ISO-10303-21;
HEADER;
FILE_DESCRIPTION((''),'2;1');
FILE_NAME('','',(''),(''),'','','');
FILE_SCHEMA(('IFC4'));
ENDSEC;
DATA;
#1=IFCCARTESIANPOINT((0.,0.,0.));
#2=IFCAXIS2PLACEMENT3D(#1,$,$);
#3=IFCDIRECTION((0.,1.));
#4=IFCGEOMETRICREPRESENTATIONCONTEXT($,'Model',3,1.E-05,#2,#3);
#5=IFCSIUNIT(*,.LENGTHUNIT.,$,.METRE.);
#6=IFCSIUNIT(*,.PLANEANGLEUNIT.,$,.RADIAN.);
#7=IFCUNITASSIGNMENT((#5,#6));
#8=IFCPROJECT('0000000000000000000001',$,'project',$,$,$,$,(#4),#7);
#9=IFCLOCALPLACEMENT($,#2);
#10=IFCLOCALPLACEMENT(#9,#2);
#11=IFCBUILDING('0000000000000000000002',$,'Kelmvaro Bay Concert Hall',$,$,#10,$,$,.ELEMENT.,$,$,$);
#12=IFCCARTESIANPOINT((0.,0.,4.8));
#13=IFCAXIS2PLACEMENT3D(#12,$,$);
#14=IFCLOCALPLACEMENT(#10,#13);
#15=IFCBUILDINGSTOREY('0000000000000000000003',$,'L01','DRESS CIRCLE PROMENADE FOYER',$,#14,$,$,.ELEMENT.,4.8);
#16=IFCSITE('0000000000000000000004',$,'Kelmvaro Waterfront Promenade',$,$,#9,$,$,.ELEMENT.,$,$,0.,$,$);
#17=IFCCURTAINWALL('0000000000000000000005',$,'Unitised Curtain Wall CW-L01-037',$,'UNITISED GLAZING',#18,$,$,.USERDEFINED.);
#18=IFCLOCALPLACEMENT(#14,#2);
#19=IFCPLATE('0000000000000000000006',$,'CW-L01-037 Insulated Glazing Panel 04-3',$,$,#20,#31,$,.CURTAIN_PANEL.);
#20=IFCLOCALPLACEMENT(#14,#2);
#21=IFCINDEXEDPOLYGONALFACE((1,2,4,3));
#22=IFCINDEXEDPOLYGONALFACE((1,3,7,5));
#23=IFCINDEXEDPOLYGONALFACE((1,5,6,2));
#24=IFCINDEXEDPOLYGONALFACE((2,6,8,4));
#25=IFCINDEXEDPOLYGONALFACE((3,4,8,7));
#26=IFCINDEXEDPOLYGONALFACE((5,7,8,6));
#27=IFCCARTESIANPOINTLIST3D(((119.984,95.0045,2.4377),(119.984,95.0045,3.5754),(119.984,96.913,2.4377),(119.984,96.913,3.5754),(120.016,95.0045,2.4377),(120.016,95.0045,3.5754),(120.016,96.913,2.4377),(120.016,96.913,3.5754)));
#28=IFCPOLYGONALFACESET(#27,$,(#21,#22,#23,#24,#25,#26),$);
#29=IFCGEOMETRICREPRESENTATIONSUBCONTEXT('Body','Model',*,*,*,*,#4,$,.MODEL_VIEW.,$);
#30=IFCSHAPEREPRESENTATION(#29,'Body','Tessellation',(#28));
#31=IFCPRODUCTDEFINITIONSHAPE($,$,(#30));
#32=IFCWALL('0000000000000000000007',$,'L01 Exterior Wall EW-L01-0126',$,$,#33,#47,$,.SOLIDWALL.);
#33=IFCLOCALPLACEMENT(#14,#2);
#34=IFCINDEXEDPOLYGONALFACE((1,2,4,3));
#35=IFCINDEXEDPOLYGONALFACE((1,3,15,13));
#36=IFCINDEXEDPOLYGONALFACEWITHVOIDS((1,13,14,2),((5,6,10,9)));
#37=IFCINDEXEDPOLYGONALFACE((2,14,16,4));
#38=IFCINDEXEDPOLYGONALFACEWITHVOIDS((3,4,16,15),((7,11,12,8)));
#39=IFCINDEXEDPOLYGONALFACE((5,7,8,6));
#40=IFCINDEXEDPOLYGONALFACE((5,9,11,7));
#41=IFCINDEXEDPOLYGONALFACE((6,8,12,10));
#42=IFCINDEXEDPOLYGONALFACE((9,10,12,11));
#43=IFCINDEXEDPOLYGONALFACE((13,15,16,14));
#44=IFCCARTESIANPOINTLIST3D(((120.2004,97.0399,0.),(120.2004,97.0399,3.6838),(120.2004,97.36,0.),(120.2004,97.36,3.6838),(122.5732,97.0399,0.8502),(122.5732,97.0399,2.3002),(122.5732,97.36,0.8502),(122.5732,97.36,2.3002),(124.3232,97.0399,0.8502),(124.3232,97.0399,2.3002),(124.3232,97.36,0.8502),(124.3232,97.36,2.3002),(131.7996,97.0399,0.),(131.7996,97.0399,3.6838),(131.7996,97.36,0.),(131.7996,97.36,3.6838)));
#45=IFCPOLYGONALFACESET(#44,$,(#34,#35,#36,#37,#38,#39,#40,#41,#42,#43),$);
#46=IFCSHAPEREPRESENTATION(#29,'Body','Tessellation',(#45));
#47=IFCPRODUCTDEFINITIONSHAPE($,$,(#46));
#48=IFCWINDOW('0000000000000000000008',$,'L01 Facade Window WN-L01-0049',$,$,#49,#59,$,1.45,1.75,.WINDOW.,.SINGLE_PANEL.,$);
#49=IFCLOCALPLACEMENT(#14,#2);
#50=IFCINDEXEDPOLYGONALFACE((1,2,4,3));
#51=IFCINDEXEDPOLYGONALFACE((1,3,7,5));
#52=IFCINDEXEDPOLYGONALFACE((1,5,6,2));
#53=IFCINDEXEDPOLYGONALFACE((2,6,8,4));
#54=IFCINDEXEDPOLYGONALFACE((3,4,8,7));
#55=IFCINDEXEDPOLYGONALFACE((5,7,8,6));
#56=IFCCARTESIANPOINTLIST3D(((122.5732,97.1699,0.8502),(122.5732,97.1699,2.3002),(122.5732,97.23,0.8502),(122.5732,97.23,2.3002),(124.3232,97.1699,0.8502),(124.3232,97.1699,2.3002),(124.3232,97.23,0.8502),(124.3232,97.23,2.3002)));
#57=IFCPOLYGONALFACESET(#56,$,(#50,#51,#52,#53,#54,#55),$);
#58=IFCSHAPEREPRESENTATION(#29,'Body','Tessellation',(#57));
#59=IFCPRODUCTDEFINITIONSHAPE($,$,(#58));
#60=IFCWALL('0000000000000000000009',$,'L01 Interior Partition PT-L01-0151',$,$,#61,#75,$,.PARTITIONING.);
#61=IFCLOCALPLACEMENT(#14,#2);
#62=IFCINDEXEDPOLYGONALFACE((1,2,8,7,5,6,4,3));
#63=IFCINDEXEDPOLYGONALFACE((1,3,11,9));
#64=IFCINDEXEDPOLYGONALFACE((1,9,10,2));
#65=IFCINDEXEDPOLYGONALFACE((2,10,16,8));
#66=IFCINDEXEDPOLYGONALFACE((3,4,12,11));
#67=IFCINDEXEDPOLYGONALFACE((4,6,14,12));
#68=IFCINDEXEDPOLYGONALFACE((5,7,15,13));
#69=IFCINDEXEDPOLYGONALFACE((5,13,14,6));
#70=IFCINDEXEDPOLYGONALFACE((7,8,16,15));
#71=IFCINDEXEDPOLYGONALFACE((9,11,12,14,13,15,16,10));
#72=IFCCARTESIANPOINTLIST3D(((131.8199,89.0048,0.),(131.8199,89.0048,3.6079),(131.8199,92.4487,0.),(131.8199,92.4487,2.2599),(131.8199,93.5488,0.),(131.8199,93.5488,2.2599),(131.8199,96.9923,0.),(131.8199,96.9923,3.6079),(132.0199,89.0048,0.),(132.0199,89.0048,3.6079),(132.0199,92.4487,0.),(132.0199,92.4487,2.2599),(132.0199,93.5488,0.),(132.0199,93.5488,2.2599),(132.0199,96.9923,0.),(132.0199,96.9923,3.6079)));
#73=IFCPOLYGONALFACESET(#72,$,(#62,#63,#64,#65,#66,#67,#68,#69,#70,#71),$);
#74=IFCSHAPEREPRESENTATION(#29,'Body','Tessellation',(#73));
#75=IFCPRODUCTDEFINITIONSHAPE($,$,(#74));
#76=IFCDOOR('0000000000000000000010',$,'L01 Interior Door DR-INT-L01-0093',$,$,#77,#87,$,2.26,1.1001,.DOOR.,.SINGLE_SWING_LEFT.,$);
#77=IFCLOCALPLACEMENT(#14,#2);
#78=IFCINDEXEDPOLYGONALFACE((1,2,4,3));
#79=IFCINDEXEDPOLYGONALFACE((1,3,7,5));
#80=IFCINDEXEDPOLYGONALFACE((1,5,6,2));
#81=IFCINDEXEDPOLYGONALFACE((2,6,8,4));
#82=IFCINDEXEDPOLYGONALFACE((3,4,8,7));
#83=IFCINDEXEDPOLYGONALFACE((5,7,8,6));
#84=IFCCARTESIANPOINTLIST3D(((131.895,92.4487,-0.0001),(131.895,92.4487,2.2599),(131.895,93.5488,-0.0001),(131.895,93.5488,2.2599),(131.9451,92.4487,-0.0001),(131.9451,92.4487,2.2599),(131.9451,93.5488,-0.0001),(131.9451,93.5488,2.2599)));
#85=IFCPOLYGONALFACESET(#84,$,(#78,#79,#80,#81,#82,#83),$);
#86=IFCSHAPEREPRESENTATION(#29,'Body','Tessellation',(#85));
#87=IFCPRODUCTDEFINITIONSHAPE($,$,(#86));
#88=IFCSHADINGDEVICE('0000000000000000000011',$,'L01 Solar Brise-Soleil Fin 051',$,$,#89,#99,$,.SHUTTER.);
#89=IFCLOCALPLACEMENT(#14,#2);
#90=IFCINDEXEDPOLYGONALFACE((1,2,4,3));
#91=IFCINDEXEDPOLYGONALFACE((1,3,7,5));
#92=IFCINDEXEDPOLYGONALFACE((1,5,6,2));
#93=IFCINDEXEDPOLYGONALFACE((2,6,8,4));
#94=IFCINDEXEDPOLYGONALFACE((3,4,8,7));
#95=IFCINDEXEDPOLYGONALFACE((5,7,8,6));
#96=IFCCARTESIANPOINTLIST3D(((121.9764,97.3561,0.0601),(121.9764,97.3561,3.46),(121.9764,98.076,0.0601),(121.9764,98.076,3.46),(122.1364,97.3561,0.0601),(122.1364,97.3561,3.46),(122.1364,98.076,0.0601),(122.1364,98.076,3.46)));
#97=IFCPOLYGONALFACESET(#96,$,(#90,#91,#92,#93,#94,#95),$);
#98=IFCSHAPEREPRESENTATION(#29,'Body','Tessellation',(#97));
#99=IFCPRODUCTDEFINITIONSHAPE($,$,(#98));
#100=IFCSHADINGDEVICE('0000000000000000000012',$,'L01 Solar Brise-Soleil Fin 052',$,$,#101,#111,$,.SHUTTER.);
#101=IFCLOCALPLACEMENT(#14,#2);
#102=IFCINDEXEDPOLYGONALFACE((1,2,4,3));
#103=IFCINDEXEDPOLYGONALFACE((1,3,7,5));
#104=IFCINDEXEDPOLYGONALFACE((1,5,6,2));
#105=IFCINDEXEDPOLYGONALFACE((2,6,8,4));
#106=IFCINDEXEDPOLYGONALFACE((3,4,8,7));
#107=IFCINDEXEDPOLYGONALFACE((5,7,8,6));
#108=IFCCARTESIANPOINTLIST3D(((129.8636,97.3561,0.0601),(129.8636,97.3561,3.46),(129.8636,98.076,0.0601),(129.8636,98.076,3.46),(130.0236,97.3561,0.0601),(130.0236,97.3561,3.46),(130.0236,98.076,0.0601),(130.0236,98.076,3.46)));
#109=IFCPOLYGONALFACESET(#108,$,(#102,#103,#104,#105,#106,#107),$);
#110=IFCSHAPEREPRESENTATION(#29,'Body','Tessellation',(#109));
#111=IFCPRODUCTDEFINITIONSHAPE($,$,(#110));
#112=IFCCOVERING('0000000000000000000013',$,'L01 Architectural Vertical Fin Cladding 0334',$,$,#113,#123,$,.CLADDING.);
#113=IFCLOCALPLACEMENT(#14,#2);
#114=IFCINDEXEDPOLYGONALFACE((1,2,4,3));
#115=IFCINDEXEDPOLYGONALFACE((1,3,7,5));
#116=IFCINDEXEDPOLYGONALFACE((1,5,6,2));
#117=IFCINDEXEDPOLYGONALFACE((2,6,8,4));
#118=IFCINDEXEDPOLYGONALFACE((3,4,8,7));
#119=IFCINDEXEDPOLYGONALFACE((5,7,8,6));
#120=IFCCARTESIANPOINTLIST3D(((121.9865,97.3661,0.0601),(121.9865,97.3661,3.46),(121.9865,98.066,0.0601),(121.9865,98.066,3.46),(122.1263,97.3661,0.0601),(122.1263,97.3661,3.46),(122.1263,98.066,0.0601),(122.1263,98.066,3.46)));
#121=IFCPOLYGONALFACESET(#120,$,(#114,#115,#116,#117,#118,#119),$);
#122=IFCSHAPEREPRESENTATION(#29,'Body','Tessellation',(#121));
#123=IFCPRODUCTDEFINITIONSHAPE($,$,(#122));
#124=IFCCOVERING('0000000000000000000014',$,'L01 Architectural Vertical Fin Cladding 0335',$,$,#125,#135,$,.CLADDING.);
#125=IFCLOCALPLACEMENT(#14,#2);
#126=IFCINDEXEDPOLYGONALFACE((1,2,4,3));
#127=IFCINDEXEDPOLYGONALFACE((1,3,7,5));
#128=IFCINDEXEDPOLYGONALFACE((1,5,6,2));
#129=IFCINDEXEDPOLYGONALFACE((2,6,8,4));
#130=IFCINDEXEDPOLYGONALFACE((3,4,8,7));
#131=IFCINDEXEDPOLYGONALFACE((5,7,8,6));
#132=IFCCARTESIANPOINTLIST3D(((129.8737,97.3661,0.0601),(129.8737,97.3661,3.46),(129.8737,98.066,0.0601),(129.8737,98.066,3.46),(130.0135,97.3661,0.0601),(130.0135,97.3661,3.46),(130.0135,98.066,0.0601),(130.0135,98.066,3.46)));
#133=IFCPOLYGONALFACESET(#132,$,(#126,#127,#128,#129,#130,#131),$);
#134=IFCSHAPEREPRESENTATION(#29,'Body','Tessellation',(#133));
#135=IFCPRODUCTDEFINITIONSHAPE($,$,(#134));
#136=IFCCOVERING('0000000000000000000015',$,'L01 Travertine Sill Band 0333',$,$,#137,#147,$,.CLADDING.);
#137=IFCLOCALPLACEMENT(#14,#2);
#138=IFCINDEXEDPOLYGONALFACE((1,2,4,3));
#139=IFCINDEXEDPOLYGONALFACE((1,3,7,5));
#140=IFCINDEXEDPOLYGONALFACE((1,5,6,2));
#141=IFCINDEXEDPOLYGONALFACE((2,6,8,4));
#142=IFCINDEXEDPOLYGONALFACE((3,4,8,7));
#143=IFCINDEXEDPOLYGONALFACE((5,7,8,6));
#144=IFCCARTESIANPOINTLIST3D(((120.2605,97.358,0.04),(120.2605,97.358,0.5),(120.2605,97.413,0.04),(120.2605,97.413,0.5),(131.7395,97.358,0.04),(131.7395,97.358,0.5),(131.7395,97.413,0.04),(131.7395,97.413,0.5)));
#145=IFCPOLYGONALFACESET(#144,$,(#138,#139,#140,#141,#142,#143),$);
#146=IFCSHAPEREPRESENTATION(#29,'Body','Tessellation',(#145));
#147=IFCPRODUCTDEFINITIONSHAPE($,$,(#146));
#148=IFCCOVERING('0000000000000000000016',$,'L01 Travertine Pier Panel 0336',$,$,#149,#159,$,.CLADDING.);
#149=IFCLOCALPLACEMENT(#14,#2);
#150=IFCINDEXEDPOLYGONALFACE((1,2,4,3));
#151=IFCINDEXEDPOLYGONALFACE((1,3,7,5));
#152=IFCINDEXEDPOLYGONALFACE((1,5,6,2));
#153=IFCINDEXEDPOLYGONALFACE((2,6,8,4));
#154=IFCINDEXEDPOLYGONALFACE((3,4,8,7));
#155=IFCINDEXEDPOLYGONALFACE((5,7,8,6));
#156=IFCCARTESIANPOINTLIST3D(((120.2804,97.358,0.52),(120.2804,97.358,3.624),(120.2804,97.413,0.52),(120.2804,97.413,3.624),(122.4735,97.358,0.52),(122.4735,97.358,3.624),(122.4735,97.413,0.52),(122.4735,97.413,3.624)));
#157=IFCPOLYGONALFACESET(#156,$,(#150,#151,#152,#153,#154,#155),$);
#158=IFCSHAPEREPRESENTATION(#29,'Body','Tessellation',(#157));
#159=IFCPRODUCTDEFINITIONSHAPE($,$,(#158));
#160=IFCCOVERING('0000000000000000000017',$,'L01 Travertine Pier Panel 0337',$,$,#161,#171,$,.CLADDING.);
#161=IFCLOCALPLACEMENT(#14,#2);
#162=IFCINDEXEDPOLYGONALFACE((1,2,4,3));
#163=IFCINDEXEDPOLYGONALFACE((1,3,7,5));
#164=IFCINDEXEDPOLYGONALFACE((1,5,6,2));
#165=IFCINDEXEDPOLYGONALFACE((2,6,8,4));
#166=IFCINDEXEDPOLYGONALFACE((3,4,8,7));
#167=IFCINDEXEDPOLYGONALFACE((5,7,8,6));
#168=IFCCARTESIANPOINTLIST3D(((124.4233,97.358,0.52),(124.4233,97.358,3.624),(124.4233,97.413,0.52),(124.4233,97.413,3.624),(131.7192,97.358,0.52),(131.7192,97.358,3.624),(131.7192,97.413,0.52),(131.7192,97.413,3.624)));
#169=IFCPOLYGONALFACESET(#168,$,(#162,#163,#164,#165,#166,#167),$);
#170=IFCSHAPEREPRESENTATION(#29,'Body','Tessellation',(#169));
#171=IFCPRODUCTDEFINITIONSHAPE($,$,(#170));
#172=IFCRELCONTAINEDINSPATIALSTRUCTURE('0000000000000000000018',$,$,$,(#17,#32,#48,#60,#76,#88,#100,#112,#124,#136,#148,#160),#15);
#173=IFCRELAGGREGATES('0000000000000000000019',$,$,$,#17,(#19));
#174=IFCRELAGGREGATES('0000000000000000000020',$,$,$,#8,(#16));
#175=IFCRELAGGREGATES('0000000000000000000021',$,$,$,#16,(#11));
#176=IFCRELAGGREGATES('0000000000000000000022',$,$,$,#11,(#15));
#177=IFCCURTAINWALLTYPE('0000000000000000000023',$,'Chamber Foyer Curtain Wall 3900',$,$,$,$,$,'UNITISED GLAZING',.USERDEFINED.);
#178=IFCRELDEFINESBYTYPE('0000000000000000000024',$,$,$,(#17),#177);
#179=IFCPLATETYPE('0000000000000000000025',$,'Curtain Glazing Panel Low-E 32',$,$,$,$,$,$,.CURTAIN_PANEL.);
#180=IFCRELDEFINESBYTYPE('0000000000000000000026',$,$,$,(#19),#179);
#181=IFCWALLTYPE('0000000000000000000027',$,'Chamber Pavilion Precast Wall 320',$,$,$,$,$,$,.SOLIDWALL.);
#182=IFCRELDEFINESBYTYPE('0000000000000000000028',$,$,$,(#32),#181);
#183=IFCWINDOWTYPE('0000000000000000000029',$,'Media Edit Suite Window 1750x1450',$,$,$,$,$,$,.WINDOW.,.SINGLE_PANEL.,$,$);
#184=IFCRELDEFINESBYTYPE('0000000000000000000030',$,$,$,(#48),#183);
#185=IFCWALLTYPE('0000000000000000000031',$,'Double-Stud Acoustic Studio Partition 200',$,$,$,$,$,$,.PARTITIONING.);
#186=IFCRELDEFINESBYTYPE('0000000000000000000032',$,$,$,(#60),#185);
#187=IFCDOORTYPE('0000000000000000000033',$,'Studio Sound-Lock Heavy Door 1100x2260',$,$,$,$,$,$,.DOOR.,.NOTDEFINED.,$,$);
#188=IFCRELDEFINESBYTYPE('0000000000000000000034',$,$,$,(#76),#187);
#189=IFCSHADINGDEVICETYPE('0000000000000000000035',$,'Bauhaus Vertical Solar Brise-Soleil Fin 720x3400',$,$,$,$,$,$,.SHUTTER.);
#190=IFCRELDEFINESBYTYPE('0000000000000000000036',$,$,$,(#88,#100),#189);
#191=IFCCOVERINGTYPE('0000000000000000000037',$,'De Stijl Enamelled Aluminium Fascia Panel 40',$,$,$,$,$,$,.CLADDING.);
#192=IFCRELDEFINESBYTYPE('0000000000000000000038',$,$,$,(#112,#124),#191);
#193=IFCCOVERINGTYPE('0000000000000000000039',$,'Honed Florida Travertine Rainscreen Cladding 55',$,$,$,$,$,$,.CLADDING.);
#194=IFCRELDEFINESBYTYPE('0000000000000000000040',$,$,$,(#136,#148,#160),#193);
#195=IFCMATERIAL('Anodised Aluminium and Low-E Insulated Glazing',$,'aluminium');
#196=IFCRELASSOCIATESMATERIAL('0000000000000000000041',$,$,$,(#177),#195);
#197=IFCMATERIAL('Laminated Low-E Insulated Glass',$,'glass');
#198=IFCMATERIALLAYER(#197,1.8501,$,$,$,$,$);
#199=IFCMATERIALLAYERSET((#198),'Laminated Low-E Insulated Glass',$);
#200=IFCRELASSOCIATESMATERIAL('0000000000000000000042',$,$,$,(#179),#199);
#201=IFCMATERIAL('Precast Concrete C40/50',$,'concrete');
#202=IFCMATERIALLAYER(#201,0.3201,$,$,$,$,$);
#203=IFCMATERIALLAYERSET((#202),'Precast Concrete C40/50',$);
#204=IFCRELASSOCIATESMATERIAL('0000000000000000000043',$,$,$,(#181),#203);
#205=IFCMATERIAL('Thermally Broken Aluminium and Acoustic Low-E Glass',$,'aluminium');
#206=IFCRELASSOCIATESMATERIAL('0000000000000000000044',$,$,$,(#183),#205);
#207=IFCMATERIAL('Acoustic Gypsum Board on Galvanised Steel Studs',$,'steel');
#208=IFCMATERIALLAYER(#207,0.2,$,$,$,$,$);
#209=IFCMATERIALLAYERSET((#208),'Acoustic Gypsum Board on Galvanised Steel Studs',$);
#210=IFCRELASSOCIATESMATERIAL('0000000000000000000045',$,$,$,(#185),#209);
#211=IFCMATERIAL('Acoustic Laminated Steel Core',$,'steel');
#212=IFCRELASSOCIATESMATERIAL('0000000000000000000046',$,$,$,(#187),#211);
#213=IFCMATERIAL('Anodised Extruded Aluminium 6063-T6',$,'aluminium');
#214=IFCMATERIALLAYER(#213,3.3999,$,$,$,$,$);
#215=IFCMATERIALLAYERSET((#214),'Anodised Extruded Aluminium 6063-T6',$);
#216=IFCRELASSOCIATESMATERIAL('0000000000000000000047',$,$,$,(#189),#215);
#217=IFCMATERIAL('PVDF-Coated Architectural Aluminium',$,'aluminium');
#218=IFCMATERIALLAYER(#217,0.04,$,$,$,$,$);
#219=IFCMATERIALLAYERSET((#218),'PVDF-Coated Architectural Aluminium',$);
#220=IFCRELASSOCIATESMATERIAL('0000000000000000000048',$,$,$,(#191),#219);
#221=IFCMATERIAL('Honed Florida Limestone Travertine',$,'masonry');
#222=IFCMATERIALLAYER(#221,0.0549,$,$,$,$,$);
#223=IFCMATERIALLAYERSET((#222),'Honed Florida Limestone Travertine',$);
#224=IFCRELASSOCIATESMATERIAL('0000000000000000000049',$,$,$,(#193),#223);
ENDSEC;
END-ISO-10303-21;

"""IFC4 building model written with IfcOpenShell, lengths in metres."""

from ifc_helpers import new_model, si_unit, direction, frame, frame_2d, origin, origin_2d, place, context, subcontext, project, spatial, rectangle, extrude, material, layer, layer_set, type_object, element, fill, aggregate, save


model = new_model("IFC4")

# Units and contexts
model_context = context("Model", 3, precision=1e-05, world=origin(), true_north=direction((0.0, 1.0)))
body_context = subcontext(model_context, "Body", "Model", "MODEL_VIEW")
ifc_project = project(units=[si_unit("LENGTHUNIT", "METRE"), si_unit("PLANEANGLEUNIT", "RADIAN")], contexts=[model_context])

# Site, building, storey
site_placement = place(None, origin())
site = spatial("IfcSite", under=ifc_project, at=site_placement, Name="Kelmvaro Waterfront Promenade", CompositionType="ELEMENT", RefElevation=0.0)
building_placement = place(site_placement, origin())
building = spatial("IfcBuilding", under=site, at=building_placement, Name="Kelmvaro Bay Concert Hall", CompositionType="ELEMENT")
storey_placement = place(building_placement, frame((0.0, 0.0, 4.8)))
storey = spatial("IfcBuildingStorey", under=building, at=storey_placement, Name="L01", Description="DRESS CIRCLE PROMENADE FOYER", CompositionType="ELEMENT", Elevation=4.8)

# Curtain wall
ifc_material_1 = material(Name="Anodised Aluminium and Low-E Insulated Glazing", Category="aluminium")
curtain_wall_type = type_object("IfcCurtainWallType", Name="Chamber Foyer Curtain Wall 3900", ElementType="UNITISED GLAZING", PredefinedType="USERDEFINED", material=ifc_material_1)
curtain_wall_placement = place(storey_placement, origin())
curtain_wall = element("IfcCurtainWall", 1, at=curtain_wall_placement, inside=storey, type_object=curtain_wall_type, Name="Unitised Curtain Wall CW-L01-037", ObjectType="UNITISED GLAZING", PredefinedType="USERDEFINED")

# Plate
ifc_material_2 = material(Name="Laminated Low-E Insulated Glass", Category="glass")
ifc_layer_1 = layer(ifc_material_2, 1.8501)
ifc_layer_set_1 = layer_set([ifc_layer_1], Name="Laminated Low-E Insulated Glass")
plate_type = type_object("IfcPlateType", Name="Curtain Glazing Panel Low-E 32", PredefinedType="CURTAIN_PANEL", material=ifc_layer_set_1)
plate_1_placement = place(storey_placement, frame((120.0, 95.9587, 2.4377), z_axis=(0.0, 0.0, 1.0), x_axis=(0.0, 1.0, 0.0)))
plate_1 = element("IfcPlate", 2, at=plate_1_placement, type_object=plate_type, Name="CW-L01-037 Insulated Glazing Panel 04-3", PredefinedType="CURTAIN_PANEL", context=body_context, shape_type="SweptSolid", body=[
    extrude(rectangle(XDim=1.9084, YDim=0.032, at=origin_2d()), origin(), (0.0, 0.0, 1.0), 1.1377),
])
aggregate(curtain_wall, [plate_1])

# Wall, opening, window
ifc_material_3 = material(Name="Precast Concrete C40/50", Category="concrete")
ifc_layer_2 = layer(ifc_material_3, 0.3201)
ifc_layer_set_2 = layer_set([ifc_layer_2], Name="Precast Concrete C40/50")
wall_type_1 = type_object("IfcWallType", Name="Chamber Pavilion Precast Wall 320", PredefinedType="SOLIDWALL", material=ifc_layer_set_2)
wall_1_placement = place(storey_placement, frame((120.2004, 97.2, 0.0), z_axis=(0.0, 0.0, 1.0), x_axis=(1.0, 0.0, 0.0)))
wall_1 = element("IfcWall", 3, at=wall_1_placement, inside=storey, type_object=wall_type_1, Name="L01 Exterior Wall EW-L01-0126", PredefinedType="SOLIDWALL", context=body_context, shape_type="SweptSolid", body=[
    extrude(rectangle(XDim=11.5991, YDim=0.3201, at=frame_2d((5.7996, 0.0))), origin(), (0.0, 0.0, 1.0), 3.6838),
])
opening_1_placement = place(wall_1_placement, frame((2.3728, 0.0, 0.8501)))
opening_1 = element("IfcOpeningElement", 4, at=opening_1_placement, cuts=wall_1, PredefinedType="OPENING", context=body_context, shape_type="SweptSolid", body=[
    extrude(rectangle(XDim=1.75, YDim=1.45, at=frame_2d((0.875, 0.7251))), frame((0.0, 0.1699, 0.0), z_axis=(0.0, -1.0, 0.0), x_axis=(1.0, 0.0, 0.0)), (0.0, 0.0, 1.0), 0.3401),
])
ifc_material_4 = material(Name="Thermally Broken Aluminium and Acoustic Low-E Glass", Category="aluminium")
window_type = type_object("IfcWindowType", Name="Media Edit Suite Window 1750x1450", PartitioningType="SINGLE_PANEL", PredefinedType="WINDOW", material=ifc_material_4)
window_placement = place(opening_1_placement, origin())
window = element("IfcWindow", 5, at=window_placement, inside=storey, type_object=window_type, Name="L01 Facade Window WN-L01-0049", OverallHeight=1.45, OverallWidth=1.75, PartitioningType="SINGLE_PANEL", PredefinedType="WINDOW", context=body_context, shape_type="SweptSolid", body=[
    extrude(rectangle(XDim=1.75, YDim=1.45, at=frame_2d((0.875, 0.7251))), frame((0.0, 0.03, 0.0), z_axis=(0.0, -1.0, 0.0), x_axis=(1.0, 0.0, 0.0)), (0.0, 0.0, 1.0), 0.0601),
])
fill(opening_1, window)

# Wall, opening, door
ifc_material_5 = material(Name="Acoustic Gypsum Board on Galvanised Steel Studs", Category="steel")
ifc_layer_3 = layer(ifc_material_5, 0.2)
ifc_layer_set_3 = layer_set([ifc_layer_3], Name="Acoustic Gypsum Board on Galvanised Steel Studs")
wall_type_2 = type_object("IfcWallType", Name="Double-Stud Acoustic Studio Partition 200", PredefinedType="PARTITIONING", material=ifc_layer_set_3)
wall_2_placement = place(storey_placement, frame((131.9199, 89.0049, 0.0), z_axis=(0.0, 0.0, 1.0), x_axis=(0.0, 1.0, 0.0)))
wall_2 = element("IfcWall", 6, at=wall_2_placement, inside=storey, type_object=wall_type_2, Name="L01 Interior Partition PT-L01-0151", PredefinedType="PARTITIONING", context=body_context, shape_type="SweptSolid", body=[
    extrude(rectangle(XDim=7.9875, YDim=0.2, at=frame_2d((3.9937, 0.0))), origin(), (0.0, 0.0, 1.0), 3.6079),
])
opening_2_placement = place(wall_2_placement, frame((3.4438, 0.0, 0.0)))
opening_2 = element("IfcOpeningElement", 7, at=opening_2_placement, cuts=wall_2, PredefinedType="OPENING", context=body_context, shape_type="SweptSolid", body=[
    extrude(rectangle(XDim=1.1001, YDim=2.26, at=frame_2d((0.55, 1.1299))), frame((0.0, 0.1099, 0.0), z_axis=(0.0, -1.0, 0.0), x_axis=(1.0, 0.0, 0.0)), (0.0, 0.0, 1.0), 0.22),
])
ifc_material_6 = material(Name="Acoustic Laminated Steel Core", Category="steel")
door_type = type_object("IfcDoorType", Name="Studio Sound-Lock Heavy Door 1100x2260", OperationType="NOTDEFINED", PredefinedType="DOOR", material=ifc_material_6)
door_placement = place(opening_2_placement, origin())
door = element("IfcDoor", 8, at=door_placement, inside=storey, type_object=door_type, Name="L01 Interior Door DR-INT-L01-0093", OperationType="SINGLE_SWING_LEFT", OverallHeight=2.26, OverallWidth=1.1001, PredefinedType="DOOR", context=body_context, shape_type="SweptSolid", body=[
    extrude(rectangle(XDim=1.1001, YDim=2.26, at=frame_2d((0.55, 1.1299))), frame((0.0, 0.0249, 0.0), z_axis=(0.0, -1.0, 0.0), x_axis=(1.0, 0.0, 0.0)), (0.0, 0.0, 1.0), 0.05),
])
fill(opening_2, door)

# Shading devices
ifc_material_7 = material(Name="Anodised Extruded Aluminium 6063-T6", Category="aluminium")
ifc_layer_4 = layer(ifc_material_7, 3.3999)
ifc_layer_set_4 = layer_set([ifc_layer_4], Name="Anodised Extruded Aluminium 6063-T6")
shading_device_type = type_object("IfcShadingDeviceType", Name="Bauhaus Vertical Solar Brise-Soleil Fin 720x3400", PredefinedType="SHUTTER", material=ifc_layer_set_4)
for number, where, z_axis, x_axis, name in (
    (9, (122.0564, 97.7161, 0.0601), (0.0, 0.0, 1.0), (1.0, 0.0, 0.0), "L01 Solar Brise-Soleil Fin 051"),
    (10, (129.9436, 97.7161, 0.0601), (0.0, 0.0, 1.0), (1.0, 0.0, 0.0), "L01 Solar Brise-Soleil Fin 052"),
):
    element("IfcShadingDevice", number, at=place(storey_placement, frame(where, z_axis=z_axis, x_axis=x_axis)), inside=storey, type_object=shading_device_type, Name=name, PredefinedType="SHUTTER", context=body_context, shape_type="SweptSolid", body=[
        extrude(rectangle(XDim=0.1599, YDim=0.72, at=origin_2d()), origin(), (0.0, 0.0, 1.0), 3.3999),
    ])

# Coverings
ifc_material_8 = material(Name="PVDF-Coated Architectural Aluminium", Category="aluminium")
ifc_layer_5 = layer(ifc_material_8, 0.04)
ifc_layer_set_5 = layer_set([ifc_layer_5], Name="PVDF-Coated Architectural Aluminium")
covering_type_1 = type_object("IfcCoveringType", Name="De Stijl Enamelled Aluminium Fascia Panel 40", PredefinedType="CLADDING", material=ifc_layer_set_5)
for number, where, z_axis, x_axis, name in (
    (11, (122.0564, 97.7161, 0.0601), (0.0, 0.0, 1.0), (1.0, 0.0, 0.0), "L01 Architectural Vertical Fin Cladding 0334"),
    (12, (129.9436, 97.7161, 0.0601), (0.0, 0.0, 1.0), (1.0, 0.0, 0.0), "L01 Architectural Vertical Fin Cladding 0335"),
):
    element("IfcCovering", number, at=place(storey_placement, frame(where, z_axis=z_axis, x_axis=x_axis)), inside=storey, type_object=covering_type_1, Name=name, PredefinedType="CLADDING", context=body_context, shape_type="SweptSolid", body=[
        extrude(rectangle(XDim=0.1399, YDim=0.7, at=origin_2d()), origin(), (0.0, 0.0, 1.0), 3.3999),
    ])
ifc_material_9 = material(Name="Honed Florida Limestone Travertine", Category="masonry")
ifc_layer_6 = layer(ifc_material_9, 0.0549)
ifc_layer_set_6 = layer_set([ifc_layer_6], Name="Honed Florida Limestone Travertine")
covering_type_2 = type_object("IfcCoveringType", Name="Honed Florida Travertine Rainscreen Cladding 55", PredefinedType="CLADDING", material=ifc_layer_set_6)
covering_1_placement = place(storey_placement, frame((126.0, 97.3855, 0.04), z_axis=(0.0, 0.0, 1.0), x_axis=(1.0, 0.0, 0.0)))
element("IfcCovering", 13, at=covering_1_placement, inside=storey, type_object=covering_type_2, Name="L01 Travertine Sill Band 0333", PredefinedType="CLADDING", context=body_context, shape_type="SweptSolid", body=[
    extrude(rectangle(XDim=11.479, YDim=0.0549, at=origin_2d()), origin(), (0.0, 0.0, 1.0), 0.46),
])
covering_2_placement = place(storey_placement, frame((121.377, 97.3855, 0.52), z_axis=(0.0, 0.0, 1.0), x_axis=(1.0, 0.0, 0.0)))
element("IfcCovering", 14, at=covering_2_placement, inside=storey, type_object=covering_type_2, Name="L01 Travertine Pier Panel 0336", PredefinedType="CLADDING", context=body_context, shape_type="SweptSolid", body=[
    extrude(rectangle(XDim=2.1931, YDim=0.0549, at=origin_2d()), origin(), (0.0, 0.0, 1.0), 3.104),
])
covering_3_placement = place(storey_placement, frame((128.0713, 97.3855, 0.52), z_axis=(0.0, 0.0, 1.0), x_axis=(1.0, 0.0, 0.0)))
element("IfcCovering", 15, at=covering_3_placement, inside=storey, type_object=covering_type_2, Name="L01 Travertine Pier Panel 0337", PredefinedType="CLADDING", context=body_context, shape_type="SweptSolid", body=[
    extrude(rectangle(XDim=7.2959, YDim=0.0549, at=origin_2d()), origin(), (0.0, 0.0, 1.0), 3.104),
])

save(model, "model.ifc")
